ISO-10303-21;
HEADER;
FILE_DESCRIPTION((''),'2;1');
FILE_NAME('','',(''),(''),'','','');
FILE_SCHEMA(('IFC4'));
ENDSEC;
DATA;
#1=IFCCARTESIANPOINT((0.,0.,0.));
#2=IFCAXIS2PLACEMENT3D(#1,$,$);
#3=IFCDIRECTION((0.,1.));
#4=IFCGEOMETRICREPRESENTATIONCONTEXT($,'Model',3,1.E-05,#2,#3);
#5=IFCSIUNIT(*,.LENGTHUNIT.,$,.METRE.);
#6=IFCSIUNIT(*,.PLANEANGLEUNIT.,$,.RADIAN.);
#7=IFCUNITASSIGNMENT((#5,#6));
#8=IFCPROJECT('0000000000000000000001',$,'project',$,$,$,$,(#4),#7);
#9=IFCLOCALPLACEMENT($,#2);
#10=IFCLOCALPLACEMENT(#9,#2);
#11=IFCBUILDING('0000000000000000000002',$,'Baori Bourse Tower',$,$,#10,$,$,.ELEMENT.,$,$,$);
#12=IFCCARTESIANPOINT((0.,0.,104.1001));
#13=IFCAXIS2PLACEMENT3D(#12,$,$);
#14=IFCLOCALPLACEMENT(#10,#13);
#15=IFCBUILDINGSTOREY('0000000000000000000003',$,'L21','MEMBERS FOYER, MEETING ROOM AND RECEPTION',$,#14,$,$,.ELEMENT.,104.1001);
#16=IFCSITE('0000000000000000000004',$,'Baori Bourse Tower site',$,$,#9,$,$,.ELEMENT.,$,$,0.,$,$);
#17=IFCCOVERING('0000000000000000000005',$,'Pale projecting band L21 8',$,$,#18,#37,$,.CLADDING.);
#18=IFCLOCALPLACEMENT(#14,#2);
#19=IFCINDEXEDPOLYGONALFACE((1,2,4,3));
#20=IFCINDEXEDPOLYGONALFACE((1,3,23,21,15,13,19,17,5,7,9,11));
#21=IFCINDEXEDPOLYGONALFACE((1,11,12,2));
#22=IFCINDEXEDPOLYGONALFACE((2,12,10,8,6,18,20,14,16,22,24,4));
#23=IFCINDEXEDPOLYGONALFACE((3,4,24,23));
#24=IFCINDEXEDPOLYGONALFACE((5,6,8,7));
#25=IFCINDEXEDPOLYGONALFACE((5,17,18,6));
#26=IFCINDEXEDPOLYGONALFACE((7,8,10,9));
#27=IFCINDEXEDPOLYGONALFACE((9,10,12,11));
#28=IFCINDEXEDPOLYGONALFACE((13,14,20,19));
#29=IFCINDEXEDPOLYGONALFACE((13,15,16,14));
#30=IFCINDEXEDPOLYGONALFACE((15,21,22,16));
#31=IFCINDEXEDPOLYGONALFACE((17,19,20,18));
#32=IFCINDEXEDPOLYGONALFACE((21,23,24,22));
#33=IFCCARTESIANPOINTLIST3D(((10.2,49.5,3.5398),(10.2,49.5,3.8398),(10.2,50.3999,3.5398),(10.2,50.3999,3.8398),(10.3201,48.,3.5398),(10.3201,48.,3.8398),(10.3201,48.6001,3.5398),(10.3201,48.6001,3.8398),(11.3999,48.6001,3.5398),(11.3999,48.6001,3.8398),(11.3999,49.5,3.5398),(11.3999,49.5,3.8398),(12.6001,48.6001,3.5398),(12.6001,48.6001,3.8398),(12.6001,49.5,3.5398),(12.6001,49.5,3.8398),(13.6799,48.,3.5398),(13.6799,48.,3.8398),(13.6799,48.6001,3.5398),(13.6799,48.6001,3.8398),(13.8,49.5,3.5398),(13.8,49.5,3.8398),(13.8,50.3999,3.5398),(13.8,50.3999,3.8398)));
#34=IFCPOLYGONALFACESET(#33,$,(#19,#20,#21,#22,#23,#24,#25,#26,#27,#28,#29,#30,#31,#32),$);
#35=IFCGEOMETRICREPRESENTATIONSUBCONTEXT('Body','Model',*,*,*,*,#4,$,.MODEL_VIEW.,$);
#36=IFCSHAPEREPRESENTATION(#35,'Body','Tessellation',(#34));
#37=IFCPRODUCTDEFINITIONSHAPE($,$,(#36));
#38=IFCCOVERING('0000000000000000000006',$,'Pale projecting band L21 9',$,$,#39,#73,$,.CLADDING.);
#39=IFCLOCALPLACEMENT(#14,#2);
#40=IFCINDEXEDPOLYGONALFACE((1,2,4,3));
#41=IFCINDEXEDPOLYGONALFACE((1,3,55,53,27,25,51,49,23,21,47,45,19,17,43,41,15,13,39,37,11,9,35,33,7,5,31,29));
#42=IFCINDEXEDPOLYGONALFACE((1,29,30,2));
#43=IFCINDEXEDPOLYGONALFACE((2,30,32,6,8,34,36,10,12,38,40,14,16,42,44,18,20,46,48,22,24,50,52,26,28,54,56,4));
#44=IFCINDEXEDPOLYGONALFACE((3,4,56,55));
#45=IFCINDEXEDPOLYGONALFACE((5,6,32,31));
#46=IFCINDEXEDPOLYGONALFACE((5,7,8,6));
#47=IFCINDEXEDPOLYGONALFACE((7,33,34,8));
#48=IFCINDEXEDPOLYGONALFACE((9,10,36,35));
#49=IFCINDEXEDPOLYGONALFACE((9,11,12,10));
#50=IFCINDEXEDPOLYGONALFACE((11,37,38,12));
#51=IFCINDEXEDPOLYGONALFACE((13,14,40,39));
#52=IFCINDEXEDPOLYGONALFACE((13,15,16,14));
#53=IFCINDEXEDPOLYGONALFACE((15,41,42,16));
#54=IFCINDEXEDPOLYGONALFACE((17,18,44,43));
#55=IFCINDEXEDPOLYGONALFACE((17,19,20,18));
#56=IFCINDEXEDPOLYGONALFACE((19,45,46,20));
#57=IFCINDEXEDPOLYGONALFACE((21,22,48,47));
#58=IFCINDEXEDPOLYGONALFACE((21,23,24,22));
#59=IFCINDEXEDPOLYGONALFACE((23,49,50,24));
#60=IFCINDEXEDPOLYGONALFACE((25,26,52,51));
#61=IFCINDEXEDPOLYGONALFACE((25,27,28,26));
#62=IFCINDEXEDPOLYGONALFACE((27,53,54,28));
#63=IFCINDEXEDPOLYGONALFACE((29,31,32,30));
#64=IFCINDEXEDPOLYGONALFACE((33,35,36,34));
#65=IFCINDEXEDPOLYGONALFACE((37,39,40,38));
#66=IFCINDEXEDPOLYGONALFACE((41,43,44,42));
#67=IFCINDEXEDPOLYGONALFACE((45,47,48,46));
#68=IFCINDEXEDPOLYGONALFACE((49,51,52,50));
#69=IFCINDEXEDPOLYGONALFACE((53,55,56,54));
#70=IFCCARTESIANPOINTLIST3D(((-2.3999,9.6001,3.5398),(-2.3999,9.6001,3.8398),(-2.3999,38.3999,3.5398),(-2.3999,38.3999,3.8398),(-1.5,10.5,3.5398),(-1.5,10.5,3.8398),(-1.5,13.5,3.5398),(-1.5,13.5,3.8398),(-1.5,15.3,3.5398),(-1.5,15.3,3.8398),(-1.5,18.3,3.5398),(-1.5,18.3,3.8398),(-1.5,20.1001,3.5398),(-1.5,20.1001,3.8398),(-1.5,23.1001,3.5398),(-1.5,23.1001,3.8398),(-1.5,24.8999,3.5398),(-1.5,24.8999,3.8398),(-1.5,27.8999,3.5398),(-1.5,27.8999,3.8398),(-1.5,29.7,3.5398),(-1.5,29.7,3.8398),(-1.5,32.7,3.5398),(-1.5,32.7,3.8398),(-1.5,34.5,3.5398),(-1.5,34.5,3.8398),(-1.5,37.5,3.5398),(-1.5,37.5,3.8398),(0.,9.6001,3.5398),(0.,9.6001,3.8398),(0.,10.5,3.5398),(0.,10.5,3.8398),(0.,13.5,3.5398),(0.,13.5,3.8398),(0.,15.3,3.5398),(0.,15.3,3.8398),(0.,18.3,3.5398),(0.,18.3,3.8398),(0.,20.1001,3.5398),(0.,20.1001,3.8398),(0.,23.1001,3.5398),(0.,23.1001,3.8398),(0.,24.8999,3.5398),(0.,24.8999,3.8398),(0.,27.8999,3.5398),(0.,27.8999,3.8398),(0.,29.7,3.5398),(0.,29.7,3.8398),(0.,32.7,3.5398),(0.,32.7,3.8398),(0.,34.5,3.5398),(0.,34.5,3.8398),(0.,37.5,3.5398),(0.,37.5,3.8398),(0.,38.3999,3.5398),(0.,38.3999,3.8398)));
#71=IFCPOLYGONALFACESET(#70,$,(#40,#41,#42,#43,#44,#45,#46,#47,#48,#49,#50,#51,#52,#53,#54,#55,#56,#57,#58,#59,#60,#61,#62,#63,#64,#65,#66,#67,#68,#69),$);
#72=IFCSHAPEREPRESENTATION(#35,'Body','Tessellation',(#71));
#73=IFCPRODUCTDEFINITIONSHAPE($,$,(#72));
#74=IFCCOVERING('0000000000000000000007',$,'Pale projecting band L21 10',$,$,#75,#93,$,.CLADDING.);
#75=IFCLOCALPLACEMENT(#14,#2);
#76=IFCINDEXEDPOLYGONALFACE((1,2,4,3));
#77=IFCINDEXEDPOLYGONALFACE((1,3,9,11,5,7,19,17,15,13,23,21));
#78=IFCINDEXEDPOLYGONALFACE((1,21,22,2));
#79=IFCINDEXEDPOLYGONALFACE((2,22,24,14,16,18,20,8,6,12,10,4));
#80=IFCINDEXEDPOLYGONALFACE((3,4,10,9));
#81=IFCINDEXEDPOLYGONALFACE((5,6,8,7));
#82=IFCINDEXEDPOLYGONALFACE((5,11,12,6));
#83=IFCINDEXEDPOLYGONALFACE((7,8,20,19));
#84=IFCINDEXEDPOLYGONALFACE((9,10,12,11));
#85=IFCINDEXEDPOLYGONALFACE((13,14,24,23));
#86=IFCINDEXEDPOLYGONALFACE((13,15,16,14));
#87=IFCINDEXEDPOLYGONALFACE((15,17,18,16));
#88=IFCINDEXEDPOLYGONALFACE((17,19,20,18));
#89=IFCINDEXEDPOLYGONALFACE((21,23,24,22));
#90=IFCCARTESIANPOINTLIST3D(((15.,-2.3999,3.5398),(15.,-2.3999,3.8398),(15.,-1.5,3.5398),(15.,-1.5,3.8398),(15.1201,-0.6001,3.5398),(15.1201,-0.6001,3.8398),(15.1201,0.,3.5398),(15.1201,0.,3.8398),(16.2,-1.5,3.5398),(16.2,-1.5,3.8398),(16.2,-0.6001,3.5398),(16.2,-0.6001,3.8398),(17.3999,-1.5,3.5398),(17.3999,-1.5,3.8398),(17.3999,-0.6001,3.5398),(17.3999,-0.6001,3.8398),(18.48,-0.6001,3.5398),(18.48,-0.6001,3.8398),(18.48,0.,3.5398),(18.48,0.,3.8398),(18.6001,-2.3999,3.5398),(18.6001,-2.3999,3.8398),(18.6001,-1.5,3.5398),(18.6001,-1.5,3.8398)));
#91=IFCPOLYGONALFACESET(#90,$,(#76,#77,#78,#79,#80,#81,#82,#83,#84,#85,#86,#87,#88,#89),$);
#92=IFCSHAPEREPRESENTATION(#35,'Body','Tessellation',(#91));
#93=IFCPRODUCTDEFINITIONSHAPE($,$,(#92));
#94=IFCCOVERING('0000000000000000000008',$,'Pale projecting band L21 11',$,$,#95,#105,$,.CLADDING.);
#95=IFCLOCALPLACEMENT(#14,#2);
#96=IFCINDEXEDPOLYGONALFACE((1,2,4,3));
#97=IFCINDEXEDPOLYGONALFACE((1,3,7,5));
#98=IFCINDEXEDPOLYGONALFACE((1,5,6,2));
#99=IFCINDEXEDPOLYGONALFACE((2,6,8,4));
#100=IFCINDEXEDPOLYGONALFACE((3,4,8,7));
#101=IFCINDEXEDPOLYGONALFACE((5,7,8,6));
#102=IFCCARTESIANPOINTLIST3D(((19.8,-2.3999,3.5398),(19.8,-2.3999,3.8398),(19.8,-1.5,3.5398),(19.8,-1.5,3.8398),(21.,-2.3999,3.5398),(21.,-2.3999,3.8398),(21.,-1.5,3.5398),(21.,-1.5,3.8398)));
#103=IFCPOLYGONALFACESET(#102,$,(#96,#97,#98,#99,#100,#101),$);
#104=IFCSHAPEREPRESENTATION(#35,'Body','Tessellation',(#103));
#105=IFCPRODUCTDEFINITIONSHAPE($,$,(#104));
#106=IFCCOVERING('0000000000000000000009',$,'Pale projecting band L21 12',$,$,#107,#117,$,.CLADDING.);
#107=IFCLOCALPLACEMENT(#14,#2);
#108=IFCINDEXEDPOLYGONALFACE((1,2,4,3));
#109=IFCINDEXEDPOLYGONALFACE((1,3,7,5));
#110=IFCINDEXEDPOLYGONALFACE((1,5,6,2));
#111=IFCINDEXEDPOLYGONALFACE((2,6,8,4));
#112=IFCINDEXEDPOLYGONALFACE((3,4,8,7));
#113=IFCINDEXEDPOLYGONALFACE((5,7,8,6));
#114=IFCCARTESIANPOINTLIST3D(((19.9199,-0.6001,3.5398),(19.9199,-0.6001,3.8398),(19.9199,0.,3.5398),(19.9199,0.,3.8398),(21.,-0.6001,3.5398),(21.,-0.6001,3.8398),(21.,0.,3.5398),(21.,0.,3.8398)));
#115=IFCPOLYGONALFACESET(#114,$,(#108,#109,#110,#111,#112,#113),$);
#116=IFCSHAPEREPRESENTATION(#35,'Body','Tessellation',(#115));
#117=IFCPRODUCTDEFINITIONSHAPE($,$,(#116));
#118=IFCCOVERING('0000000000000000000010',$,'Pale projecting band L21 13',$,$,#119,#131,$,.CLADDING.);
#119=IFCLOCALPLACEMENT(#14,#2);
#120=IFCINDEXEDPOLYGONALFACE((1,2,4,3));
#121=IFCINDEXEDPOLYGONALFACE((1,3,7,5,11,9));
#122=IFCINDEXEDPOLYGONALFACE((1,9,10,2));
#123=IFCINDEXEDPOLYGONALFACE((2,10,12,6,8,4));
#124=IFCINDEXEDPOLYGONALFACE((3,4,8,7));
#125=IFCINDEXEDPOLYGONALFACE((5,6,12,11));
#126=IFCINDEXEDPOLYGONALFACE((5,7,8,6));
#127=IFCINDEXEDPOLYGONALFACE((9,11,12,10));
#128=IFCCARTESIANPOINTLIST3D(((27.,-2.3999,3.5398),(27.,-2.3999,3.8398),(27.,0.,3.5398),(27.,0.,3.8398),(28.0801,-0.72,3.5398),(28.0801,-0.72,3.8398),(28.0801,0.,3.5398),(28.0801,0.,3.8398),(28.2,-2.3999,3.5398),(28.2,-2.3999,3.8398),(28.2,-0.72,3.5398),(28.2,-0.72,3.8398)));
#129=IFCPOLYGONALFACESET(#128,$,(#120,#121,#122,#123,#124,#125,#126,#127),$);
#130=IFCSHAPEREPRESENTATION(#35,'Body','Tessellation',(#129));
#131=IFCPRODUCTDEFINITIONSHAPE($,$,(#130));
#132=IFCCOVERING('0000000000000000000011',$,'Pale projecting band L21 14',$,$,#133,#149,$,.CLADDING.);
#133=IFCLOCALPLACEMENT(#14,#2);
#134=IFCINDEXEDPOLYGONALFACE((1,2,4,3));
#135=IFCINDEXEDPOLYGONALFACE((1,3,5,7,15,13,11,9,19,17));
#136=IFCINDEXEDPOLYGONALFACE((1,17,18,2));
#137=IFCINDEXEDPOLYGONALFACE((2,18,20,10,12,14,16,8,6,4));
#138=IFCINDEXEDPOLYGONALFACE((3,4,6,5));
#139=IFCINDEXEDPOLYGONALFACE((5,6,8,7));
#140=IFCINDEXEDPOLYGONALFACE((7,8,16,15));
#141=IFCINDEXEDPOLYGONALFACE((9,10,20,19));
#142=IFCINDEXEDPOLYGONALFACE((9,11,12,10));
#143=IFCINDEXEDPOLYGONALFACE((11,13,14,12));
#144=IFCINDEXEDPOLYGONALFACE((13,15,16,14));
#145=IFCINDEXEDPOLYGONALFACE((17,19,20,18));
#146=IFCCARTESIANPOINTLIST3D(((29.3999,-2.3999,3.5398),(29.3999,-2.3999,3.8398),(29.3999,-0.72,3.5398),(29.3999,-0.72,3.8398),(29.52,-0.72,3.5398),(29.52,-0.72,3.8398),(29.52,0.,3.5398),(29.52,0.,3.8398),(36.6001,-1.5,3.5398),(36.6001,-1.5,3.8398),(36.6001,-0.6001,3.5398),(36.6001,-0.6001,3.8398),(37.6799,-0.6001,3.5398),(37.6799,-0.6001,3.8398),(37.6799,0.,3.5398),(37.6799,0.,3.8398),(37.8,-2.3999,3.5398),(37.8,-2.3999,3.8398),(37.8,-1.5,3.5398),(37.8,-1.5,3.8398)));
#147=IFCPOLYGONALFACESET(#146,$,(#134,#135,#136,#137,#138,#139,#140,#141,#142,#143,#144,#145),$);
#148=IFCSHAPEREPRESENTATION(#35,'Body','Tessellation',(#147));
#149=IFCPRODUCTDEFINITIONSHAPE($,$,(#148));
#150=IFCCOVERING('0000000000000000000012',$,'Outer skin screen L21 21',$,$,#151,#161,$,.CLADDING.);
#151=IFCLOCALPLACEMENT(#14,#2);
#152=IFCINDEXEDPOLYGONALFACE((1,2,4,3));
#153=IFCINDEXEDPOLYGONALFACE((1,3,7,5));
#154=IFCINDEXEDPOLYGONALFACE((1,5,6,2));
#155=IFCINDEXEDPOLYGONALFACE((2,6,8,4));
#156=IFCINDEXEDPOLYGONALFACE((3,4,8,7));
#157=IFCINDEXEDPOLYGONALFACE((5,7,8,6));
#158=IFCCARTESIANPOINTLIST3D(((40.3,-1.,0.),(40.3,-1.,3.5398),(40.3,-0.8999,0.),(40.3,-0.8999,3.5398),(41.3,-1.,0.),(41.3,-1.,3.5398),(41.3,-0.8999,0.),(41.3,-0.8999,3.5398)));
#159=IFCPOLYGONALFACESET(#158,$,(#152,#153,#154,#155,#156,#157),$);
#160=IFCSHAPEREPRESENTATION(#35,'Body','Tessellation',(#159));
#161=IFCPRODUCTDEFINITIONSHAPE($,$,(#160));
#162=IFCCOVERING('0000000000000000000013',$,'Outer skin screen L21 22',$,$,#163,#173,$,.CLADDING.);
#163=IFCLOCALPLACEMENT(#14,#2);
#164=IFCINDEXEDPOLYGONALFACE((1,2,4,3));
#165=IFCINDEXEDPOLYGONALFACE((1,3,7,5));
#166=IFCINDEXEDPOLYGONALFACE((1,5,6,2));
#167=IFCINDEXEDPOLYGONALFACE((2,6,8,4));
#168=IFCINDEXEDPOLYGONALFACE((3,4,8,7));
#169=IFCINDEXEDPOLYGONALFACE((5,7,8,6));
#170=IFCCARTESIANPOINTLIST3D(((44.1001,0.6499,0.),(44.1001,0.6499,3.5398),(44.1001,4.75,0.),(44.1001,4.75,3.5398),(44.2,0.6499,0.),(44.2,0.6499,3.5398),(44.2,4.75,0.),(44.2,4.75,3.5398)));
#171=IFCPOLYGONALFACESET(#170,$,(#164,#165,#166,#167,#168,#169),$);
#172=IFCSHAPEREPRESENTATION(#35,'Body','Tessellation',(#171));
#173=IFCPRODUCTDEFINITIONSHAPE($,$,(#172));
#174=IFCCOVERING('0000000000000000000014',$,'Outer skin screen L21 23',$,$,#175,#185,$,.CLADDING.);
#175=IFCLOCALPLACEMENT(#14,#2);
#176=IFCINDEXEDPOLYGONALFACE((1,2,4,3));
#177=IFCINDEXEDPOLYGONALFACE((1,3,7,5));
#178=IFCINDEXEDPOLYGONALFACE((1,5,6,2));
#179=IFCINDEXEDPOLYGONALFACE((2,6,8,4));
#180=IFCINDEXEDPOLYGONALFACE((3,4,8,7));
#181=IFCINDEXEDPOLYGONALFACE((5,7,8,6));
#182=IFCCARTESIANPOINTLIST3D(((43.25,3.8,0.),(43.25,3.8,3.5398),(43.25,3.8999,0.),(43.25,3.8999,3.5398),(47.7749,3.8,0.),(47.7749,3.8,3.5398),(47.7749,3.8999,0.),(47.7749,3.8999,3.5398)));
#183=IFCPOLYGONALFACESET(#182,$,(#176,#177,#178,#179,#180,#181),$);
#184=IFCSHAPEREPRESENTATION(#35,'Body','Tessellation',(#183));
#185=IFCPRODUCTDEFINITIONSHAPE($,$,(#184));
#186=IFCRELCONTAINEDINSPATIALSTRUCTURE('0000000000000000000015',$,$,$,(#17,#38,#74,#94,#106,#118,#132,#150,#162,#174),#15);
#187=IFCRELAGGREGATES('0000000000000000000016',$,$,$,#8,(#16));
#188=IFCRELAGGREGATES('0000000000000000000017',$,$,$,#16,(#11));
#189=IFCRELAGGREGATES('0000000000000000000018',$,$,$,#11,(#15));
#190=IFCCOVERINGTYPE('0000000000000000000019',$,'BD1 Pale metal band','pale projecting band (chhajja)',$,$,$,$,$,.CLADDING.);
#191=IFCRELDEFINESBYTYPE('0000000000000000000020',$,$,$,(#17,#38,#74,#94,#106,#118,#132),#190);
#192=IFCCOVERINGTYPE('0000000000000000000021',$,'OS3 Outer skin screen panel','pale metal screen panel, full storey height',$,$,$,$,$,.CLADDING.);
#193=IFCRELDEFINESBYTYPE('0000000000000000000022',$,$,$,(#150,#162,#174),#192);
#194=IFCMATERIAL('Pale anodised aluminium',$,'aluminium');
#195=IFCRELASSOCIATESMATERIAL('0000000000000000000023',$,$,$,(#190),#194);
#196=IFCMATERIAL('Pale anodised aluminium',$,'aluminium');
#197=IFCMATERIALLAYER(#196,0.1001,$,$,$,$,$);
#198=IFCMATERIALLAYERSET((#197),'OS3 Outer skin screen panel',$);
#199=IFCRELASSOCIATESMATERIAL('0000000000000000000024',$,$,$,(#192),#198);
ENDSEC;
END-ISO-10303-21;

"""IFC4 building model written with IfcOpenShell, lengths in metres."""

from ifc_helpers import new_model, si_unit, direction, frame, origin, place, context, subcontext, project, spatial, polyline, outline, extrude, material, layer, layer_set, type_object, element, save


model = new_model("IFC4")

# Units and contexts
model_context = context("Model", 3, precision=1e-05, world=origin(), true_north=direction((0.0, 1.0)))
body_context = subcontext(model_context, "Body", "Model", "MODEL_VIEW")
ifc_project = project(units=[si_unit("LENGTHUNIT", "METRE"), si_unit("PLANEANGLEUNIT", "RADIAN")], contexts=[model_context])

# Site, building, storey
site_placement = place(None, origin())
site = spatial("IfcSite", under=ifc_project, at=site_placement, Name="Baori Bourse Tower site", CompositionType="ELEMENT", RefElevation=0.0)
building_placement = place(site_placement, origin())
building = spatial("IfcBuilding", under=site, at=building_placement, Name="Baori Bourse Tower", CompositionType="ELEMENT")
storey_placement = place(building_placement, frame((0.0, 0.0, 104.1001)))
storey = spatial("IfcBuildingStorey", under=building, at=storey_placement, Name="L21", Description="MEMBERS FOYER, MEETING ROOM AND RECEPTION", CompositionType="ELEMENT", Elevation=104.1001)

# Coverings
ifc_material_1 = material(Name="Pale anodised aluminium", Category="aluminium")
covering_type_1 = type_object("IfcCoveringType", Name="BD1 Pale metal band", Description="pale projecting band (chhajja)", PredefinedType="CLADDING", material=ifc_material_1)
covering_1_placement = place(storey_placement, frame((0.0, 0.0, 3.5398)))
element("IfcCovering", 1, at=covering_1_placement, inside=storey, type_object=covering_type_1, Name="Pale projecting band L21 8", PredefinedType="CLADDING", context=body_context, shape_type="SweptSolid", body=[
    extrude(outline(polyline([(10.3201, 48.0), (13.6799, 48.0), (13.6799, 48.6001), (12.6001, 48.6001), (12.6001, 49.5), (13.8, 49.5), (13.8, 50.3999), (10.2, 50.3999), (10.2, 49.5), (11.3999, 49.5), (11.3999, 48.6001), (10.3201, 48.6001), (10.3201, 48.0)])), origin(), (0.0, 0.0, 1.0), 0.3),
])
covering_2_placement = place(storey_placement, frame((0.0, 0.0, 3.5398)))
element("IfcCovering", 2, at=covering_2_placement, inside=storey, type_object=covering_type_1, Name="Pale projecting band L21 9", PredefinedType="CLADDING", context=body_context, shape_type="SweptSolid", body=[
    extrude(outline(polyline([(0.0, 37.5), (0.0, 38.3999), (-2.3999, 38.3999), (-2.3999, 9.6001), (0.0, 9.6001), (0.0, 10.5), (-1.5, 10.5), (-1.5, 13.5), (0.0, 13.5), (0.0, 15.3), (-1.5, 15.3), (-1.5, 18.3), (0.0, 18.3), (0.0, 20.1001), (-1.5, 20.1001), (-1.5, 23.1001), (0.0, 23.1001), (0.0, 24.8999), (-1.5, 24.8999), (-1.5, 27.8999), (0.0, 27.8999), (0.0, 29.7), (-1.5, 29.7), (-1.5, 32.7), (0.0, 32.7), (0.0, 34.5), (-1.5, 34.5), (-1.5, 37.5), (0.0, 37.5)])), origin(), (0.0, 0.0, 1.0), 0.3),
])
covering_3_placement = place(storey_placement, frame((0.0, 0.0, 3.5398)))
element("IfcCovering", 3, at=covering_3_placement, inside=storey, type_object=covering_type_1, Name="Pale projecting band L21 10", PredefinedType="CLADDING", context=body_context, shape_type="SweptSolid", body=[
    extrude(outline(polyline([(18.48, 0.0), (15.1201, 0.0), (15.1201, -0.6001), (16.2, -0.6001), (16.2, -1.5), (15.0, -1.5), (15.0, -2.3999), (18.6001, -2.3999), (18.6001, -1.5), (17.3999, -1.5), (17.3999, -0.6001), (18.48, -0.6001), (18.48, 0.0)])), origin(), (0.0, 0.0, 1.0), 0.3),
])
covering_4_placement = place(storey_placement, frame((0.0, 0.0, 3.5398)))
element("IfcCovering", 4, at=covering_4_placement, inside=storey, type_object=covering_type_1, Name="Pale projecting band L21 11", PredefinedType="CLADDING", context=body_context, shape_type="SweptSolid", body=[
    extrude(outline(polyline([(19.8, -2.3999), (21.0, -2.3999), (21.0, -1.5), (19.8, -1.5), (19.8, -2.3999)])), origin(), (0.0, 0.0, 1.0), 0.3),
])
covering_5_placement = place(storey_placement, frame((0.0, 0.0, 3.5398)))
element("IfcCovering", 5, at=covering_5_placement, inside=storey, type_object=covering_type_1, Name="Pale projecting band L21 12", PredefinedType="CLADDING", context=body_context, shape_type="SweptSolid", body=[
    extrude(outline(polyline([(21.0, 0.0), (19.9199, 0.0), (19.9199, -0.6001), (21.0, -0.6001), (21.0, 0.0)])), origin(), (0.0, 0.0, 1.0), 0.3),
])
covering_6_placement = place(storey_placement, frame((0.0, 0.0, 3.5398)))
element("IfcCovering", 6, at=covering_6_placement, inside=storey, type_object=covering_type_1, Name="Pale projecting band L21 13", PredefinedType="CLADDING", context=body_context, shape_type="SweptSolid", body=[
    extrude(outline(polyline([(28.0801, 0.0), (27.0, 0.0), (27.0, -2.3999), (28.2, -2.3999), (28.2, -0.72), (28.0801, -0.72), (28.0801, 0.0)])), origin(), (0.0, 0.0, 1.0), 0.3),
])
covering_7_placement = place(storey_placement, frame((0.0, 0.0, 3.5398)))
element("IfcCovering", 7, at=covering_7_placement, inside=storey, type_object=covering_type_1, Name="Pale projecting band L21 14", PredefinedType="CLADDING", context=body_context, shape_type="SweptSolid", body=[
    extrude(outline(polyline([(37.6799, 0.0), (29.52, 0.0), (29.52, -0.72), (29.3999, -0.72), (29.3999, -2.3999), (37.8, -2.3999), (37.8, -1.5), (36.6001, -1.5), (36.6001, -0.6001), (37.6799, -0.6001), (37.6799, 0.0)])), origin(), (0.0, 0.0, 1.0), 0.3),
])
ifc_material_2 = material(Name="Pale anodised aluminium", Category="aluminium")
ifc_layer = layer(ifc_material_2, 0.1001)
ifc_layer_set = layer_set([ifc_layer], Name="OS3 Outer skin screen panel")
covering_type_2 = type_object("IfcCoveringType", Name="OS3 Outer skin screen panel", Description="pale metal screen panel, full storey height", PredefinedType="CLADDING", material=ifc_layer_set)
covering_8_placement = place(storey_placement, origin())
element("IfcCovering", 8, at=covering_8_placement, inside=storey, type_object=covering_type_2, Name="Outer skin screen L21 21", PredefinedType="CLADDING", context=body_context, shape_type="SweptSolid", body=[
    extrude(outline(polyline([(41.3, -0.8999), (40.3, -0.8999), (40.3, -1.0), (41.3, -1.0), (41.3, -0.8999)])), origin(), (0.0, 0.0, 1.0), 3.5398),
])
covering_9_placement = place(storey_placement, origin())
element("IfcCovering", 9, at=covering_9_placement, inside=storey, type_object=covering_type_2, Name="Outer skin screen L21 22", PredefinedType="CLADDING", context=body_context, shape_type="SweptSolid", body=[
    extrude(outline(polyline([(44.1001, 4.75), (44.1001, 0.6499), (44.2, 0.6499), (44.2, 4.75), (44.1001, 4.75)])), origin(), (0.0, 0.0, 1.0), 3.5398),
])
covering_10_placement = place(storey_placement, origin())
element("IfcCovering", 10, at=covering_10_placement, inside=storey, type_object=covering_type_2, Name="Outer skin screen L21 23", PredefinedType="CLADDING", context=body_context, shape_type="SweptSolid", body=[
    extrude(outline(polyline([(47.7749, 3.8999), (43.25, 3.8999), (43.25, 3.8), (47.7749, 3.8), (47.7749, 3.8999)])), origin(), (0.0, 0.0, 1.0), 3.5398),
])

save(model, "model.ifc")
